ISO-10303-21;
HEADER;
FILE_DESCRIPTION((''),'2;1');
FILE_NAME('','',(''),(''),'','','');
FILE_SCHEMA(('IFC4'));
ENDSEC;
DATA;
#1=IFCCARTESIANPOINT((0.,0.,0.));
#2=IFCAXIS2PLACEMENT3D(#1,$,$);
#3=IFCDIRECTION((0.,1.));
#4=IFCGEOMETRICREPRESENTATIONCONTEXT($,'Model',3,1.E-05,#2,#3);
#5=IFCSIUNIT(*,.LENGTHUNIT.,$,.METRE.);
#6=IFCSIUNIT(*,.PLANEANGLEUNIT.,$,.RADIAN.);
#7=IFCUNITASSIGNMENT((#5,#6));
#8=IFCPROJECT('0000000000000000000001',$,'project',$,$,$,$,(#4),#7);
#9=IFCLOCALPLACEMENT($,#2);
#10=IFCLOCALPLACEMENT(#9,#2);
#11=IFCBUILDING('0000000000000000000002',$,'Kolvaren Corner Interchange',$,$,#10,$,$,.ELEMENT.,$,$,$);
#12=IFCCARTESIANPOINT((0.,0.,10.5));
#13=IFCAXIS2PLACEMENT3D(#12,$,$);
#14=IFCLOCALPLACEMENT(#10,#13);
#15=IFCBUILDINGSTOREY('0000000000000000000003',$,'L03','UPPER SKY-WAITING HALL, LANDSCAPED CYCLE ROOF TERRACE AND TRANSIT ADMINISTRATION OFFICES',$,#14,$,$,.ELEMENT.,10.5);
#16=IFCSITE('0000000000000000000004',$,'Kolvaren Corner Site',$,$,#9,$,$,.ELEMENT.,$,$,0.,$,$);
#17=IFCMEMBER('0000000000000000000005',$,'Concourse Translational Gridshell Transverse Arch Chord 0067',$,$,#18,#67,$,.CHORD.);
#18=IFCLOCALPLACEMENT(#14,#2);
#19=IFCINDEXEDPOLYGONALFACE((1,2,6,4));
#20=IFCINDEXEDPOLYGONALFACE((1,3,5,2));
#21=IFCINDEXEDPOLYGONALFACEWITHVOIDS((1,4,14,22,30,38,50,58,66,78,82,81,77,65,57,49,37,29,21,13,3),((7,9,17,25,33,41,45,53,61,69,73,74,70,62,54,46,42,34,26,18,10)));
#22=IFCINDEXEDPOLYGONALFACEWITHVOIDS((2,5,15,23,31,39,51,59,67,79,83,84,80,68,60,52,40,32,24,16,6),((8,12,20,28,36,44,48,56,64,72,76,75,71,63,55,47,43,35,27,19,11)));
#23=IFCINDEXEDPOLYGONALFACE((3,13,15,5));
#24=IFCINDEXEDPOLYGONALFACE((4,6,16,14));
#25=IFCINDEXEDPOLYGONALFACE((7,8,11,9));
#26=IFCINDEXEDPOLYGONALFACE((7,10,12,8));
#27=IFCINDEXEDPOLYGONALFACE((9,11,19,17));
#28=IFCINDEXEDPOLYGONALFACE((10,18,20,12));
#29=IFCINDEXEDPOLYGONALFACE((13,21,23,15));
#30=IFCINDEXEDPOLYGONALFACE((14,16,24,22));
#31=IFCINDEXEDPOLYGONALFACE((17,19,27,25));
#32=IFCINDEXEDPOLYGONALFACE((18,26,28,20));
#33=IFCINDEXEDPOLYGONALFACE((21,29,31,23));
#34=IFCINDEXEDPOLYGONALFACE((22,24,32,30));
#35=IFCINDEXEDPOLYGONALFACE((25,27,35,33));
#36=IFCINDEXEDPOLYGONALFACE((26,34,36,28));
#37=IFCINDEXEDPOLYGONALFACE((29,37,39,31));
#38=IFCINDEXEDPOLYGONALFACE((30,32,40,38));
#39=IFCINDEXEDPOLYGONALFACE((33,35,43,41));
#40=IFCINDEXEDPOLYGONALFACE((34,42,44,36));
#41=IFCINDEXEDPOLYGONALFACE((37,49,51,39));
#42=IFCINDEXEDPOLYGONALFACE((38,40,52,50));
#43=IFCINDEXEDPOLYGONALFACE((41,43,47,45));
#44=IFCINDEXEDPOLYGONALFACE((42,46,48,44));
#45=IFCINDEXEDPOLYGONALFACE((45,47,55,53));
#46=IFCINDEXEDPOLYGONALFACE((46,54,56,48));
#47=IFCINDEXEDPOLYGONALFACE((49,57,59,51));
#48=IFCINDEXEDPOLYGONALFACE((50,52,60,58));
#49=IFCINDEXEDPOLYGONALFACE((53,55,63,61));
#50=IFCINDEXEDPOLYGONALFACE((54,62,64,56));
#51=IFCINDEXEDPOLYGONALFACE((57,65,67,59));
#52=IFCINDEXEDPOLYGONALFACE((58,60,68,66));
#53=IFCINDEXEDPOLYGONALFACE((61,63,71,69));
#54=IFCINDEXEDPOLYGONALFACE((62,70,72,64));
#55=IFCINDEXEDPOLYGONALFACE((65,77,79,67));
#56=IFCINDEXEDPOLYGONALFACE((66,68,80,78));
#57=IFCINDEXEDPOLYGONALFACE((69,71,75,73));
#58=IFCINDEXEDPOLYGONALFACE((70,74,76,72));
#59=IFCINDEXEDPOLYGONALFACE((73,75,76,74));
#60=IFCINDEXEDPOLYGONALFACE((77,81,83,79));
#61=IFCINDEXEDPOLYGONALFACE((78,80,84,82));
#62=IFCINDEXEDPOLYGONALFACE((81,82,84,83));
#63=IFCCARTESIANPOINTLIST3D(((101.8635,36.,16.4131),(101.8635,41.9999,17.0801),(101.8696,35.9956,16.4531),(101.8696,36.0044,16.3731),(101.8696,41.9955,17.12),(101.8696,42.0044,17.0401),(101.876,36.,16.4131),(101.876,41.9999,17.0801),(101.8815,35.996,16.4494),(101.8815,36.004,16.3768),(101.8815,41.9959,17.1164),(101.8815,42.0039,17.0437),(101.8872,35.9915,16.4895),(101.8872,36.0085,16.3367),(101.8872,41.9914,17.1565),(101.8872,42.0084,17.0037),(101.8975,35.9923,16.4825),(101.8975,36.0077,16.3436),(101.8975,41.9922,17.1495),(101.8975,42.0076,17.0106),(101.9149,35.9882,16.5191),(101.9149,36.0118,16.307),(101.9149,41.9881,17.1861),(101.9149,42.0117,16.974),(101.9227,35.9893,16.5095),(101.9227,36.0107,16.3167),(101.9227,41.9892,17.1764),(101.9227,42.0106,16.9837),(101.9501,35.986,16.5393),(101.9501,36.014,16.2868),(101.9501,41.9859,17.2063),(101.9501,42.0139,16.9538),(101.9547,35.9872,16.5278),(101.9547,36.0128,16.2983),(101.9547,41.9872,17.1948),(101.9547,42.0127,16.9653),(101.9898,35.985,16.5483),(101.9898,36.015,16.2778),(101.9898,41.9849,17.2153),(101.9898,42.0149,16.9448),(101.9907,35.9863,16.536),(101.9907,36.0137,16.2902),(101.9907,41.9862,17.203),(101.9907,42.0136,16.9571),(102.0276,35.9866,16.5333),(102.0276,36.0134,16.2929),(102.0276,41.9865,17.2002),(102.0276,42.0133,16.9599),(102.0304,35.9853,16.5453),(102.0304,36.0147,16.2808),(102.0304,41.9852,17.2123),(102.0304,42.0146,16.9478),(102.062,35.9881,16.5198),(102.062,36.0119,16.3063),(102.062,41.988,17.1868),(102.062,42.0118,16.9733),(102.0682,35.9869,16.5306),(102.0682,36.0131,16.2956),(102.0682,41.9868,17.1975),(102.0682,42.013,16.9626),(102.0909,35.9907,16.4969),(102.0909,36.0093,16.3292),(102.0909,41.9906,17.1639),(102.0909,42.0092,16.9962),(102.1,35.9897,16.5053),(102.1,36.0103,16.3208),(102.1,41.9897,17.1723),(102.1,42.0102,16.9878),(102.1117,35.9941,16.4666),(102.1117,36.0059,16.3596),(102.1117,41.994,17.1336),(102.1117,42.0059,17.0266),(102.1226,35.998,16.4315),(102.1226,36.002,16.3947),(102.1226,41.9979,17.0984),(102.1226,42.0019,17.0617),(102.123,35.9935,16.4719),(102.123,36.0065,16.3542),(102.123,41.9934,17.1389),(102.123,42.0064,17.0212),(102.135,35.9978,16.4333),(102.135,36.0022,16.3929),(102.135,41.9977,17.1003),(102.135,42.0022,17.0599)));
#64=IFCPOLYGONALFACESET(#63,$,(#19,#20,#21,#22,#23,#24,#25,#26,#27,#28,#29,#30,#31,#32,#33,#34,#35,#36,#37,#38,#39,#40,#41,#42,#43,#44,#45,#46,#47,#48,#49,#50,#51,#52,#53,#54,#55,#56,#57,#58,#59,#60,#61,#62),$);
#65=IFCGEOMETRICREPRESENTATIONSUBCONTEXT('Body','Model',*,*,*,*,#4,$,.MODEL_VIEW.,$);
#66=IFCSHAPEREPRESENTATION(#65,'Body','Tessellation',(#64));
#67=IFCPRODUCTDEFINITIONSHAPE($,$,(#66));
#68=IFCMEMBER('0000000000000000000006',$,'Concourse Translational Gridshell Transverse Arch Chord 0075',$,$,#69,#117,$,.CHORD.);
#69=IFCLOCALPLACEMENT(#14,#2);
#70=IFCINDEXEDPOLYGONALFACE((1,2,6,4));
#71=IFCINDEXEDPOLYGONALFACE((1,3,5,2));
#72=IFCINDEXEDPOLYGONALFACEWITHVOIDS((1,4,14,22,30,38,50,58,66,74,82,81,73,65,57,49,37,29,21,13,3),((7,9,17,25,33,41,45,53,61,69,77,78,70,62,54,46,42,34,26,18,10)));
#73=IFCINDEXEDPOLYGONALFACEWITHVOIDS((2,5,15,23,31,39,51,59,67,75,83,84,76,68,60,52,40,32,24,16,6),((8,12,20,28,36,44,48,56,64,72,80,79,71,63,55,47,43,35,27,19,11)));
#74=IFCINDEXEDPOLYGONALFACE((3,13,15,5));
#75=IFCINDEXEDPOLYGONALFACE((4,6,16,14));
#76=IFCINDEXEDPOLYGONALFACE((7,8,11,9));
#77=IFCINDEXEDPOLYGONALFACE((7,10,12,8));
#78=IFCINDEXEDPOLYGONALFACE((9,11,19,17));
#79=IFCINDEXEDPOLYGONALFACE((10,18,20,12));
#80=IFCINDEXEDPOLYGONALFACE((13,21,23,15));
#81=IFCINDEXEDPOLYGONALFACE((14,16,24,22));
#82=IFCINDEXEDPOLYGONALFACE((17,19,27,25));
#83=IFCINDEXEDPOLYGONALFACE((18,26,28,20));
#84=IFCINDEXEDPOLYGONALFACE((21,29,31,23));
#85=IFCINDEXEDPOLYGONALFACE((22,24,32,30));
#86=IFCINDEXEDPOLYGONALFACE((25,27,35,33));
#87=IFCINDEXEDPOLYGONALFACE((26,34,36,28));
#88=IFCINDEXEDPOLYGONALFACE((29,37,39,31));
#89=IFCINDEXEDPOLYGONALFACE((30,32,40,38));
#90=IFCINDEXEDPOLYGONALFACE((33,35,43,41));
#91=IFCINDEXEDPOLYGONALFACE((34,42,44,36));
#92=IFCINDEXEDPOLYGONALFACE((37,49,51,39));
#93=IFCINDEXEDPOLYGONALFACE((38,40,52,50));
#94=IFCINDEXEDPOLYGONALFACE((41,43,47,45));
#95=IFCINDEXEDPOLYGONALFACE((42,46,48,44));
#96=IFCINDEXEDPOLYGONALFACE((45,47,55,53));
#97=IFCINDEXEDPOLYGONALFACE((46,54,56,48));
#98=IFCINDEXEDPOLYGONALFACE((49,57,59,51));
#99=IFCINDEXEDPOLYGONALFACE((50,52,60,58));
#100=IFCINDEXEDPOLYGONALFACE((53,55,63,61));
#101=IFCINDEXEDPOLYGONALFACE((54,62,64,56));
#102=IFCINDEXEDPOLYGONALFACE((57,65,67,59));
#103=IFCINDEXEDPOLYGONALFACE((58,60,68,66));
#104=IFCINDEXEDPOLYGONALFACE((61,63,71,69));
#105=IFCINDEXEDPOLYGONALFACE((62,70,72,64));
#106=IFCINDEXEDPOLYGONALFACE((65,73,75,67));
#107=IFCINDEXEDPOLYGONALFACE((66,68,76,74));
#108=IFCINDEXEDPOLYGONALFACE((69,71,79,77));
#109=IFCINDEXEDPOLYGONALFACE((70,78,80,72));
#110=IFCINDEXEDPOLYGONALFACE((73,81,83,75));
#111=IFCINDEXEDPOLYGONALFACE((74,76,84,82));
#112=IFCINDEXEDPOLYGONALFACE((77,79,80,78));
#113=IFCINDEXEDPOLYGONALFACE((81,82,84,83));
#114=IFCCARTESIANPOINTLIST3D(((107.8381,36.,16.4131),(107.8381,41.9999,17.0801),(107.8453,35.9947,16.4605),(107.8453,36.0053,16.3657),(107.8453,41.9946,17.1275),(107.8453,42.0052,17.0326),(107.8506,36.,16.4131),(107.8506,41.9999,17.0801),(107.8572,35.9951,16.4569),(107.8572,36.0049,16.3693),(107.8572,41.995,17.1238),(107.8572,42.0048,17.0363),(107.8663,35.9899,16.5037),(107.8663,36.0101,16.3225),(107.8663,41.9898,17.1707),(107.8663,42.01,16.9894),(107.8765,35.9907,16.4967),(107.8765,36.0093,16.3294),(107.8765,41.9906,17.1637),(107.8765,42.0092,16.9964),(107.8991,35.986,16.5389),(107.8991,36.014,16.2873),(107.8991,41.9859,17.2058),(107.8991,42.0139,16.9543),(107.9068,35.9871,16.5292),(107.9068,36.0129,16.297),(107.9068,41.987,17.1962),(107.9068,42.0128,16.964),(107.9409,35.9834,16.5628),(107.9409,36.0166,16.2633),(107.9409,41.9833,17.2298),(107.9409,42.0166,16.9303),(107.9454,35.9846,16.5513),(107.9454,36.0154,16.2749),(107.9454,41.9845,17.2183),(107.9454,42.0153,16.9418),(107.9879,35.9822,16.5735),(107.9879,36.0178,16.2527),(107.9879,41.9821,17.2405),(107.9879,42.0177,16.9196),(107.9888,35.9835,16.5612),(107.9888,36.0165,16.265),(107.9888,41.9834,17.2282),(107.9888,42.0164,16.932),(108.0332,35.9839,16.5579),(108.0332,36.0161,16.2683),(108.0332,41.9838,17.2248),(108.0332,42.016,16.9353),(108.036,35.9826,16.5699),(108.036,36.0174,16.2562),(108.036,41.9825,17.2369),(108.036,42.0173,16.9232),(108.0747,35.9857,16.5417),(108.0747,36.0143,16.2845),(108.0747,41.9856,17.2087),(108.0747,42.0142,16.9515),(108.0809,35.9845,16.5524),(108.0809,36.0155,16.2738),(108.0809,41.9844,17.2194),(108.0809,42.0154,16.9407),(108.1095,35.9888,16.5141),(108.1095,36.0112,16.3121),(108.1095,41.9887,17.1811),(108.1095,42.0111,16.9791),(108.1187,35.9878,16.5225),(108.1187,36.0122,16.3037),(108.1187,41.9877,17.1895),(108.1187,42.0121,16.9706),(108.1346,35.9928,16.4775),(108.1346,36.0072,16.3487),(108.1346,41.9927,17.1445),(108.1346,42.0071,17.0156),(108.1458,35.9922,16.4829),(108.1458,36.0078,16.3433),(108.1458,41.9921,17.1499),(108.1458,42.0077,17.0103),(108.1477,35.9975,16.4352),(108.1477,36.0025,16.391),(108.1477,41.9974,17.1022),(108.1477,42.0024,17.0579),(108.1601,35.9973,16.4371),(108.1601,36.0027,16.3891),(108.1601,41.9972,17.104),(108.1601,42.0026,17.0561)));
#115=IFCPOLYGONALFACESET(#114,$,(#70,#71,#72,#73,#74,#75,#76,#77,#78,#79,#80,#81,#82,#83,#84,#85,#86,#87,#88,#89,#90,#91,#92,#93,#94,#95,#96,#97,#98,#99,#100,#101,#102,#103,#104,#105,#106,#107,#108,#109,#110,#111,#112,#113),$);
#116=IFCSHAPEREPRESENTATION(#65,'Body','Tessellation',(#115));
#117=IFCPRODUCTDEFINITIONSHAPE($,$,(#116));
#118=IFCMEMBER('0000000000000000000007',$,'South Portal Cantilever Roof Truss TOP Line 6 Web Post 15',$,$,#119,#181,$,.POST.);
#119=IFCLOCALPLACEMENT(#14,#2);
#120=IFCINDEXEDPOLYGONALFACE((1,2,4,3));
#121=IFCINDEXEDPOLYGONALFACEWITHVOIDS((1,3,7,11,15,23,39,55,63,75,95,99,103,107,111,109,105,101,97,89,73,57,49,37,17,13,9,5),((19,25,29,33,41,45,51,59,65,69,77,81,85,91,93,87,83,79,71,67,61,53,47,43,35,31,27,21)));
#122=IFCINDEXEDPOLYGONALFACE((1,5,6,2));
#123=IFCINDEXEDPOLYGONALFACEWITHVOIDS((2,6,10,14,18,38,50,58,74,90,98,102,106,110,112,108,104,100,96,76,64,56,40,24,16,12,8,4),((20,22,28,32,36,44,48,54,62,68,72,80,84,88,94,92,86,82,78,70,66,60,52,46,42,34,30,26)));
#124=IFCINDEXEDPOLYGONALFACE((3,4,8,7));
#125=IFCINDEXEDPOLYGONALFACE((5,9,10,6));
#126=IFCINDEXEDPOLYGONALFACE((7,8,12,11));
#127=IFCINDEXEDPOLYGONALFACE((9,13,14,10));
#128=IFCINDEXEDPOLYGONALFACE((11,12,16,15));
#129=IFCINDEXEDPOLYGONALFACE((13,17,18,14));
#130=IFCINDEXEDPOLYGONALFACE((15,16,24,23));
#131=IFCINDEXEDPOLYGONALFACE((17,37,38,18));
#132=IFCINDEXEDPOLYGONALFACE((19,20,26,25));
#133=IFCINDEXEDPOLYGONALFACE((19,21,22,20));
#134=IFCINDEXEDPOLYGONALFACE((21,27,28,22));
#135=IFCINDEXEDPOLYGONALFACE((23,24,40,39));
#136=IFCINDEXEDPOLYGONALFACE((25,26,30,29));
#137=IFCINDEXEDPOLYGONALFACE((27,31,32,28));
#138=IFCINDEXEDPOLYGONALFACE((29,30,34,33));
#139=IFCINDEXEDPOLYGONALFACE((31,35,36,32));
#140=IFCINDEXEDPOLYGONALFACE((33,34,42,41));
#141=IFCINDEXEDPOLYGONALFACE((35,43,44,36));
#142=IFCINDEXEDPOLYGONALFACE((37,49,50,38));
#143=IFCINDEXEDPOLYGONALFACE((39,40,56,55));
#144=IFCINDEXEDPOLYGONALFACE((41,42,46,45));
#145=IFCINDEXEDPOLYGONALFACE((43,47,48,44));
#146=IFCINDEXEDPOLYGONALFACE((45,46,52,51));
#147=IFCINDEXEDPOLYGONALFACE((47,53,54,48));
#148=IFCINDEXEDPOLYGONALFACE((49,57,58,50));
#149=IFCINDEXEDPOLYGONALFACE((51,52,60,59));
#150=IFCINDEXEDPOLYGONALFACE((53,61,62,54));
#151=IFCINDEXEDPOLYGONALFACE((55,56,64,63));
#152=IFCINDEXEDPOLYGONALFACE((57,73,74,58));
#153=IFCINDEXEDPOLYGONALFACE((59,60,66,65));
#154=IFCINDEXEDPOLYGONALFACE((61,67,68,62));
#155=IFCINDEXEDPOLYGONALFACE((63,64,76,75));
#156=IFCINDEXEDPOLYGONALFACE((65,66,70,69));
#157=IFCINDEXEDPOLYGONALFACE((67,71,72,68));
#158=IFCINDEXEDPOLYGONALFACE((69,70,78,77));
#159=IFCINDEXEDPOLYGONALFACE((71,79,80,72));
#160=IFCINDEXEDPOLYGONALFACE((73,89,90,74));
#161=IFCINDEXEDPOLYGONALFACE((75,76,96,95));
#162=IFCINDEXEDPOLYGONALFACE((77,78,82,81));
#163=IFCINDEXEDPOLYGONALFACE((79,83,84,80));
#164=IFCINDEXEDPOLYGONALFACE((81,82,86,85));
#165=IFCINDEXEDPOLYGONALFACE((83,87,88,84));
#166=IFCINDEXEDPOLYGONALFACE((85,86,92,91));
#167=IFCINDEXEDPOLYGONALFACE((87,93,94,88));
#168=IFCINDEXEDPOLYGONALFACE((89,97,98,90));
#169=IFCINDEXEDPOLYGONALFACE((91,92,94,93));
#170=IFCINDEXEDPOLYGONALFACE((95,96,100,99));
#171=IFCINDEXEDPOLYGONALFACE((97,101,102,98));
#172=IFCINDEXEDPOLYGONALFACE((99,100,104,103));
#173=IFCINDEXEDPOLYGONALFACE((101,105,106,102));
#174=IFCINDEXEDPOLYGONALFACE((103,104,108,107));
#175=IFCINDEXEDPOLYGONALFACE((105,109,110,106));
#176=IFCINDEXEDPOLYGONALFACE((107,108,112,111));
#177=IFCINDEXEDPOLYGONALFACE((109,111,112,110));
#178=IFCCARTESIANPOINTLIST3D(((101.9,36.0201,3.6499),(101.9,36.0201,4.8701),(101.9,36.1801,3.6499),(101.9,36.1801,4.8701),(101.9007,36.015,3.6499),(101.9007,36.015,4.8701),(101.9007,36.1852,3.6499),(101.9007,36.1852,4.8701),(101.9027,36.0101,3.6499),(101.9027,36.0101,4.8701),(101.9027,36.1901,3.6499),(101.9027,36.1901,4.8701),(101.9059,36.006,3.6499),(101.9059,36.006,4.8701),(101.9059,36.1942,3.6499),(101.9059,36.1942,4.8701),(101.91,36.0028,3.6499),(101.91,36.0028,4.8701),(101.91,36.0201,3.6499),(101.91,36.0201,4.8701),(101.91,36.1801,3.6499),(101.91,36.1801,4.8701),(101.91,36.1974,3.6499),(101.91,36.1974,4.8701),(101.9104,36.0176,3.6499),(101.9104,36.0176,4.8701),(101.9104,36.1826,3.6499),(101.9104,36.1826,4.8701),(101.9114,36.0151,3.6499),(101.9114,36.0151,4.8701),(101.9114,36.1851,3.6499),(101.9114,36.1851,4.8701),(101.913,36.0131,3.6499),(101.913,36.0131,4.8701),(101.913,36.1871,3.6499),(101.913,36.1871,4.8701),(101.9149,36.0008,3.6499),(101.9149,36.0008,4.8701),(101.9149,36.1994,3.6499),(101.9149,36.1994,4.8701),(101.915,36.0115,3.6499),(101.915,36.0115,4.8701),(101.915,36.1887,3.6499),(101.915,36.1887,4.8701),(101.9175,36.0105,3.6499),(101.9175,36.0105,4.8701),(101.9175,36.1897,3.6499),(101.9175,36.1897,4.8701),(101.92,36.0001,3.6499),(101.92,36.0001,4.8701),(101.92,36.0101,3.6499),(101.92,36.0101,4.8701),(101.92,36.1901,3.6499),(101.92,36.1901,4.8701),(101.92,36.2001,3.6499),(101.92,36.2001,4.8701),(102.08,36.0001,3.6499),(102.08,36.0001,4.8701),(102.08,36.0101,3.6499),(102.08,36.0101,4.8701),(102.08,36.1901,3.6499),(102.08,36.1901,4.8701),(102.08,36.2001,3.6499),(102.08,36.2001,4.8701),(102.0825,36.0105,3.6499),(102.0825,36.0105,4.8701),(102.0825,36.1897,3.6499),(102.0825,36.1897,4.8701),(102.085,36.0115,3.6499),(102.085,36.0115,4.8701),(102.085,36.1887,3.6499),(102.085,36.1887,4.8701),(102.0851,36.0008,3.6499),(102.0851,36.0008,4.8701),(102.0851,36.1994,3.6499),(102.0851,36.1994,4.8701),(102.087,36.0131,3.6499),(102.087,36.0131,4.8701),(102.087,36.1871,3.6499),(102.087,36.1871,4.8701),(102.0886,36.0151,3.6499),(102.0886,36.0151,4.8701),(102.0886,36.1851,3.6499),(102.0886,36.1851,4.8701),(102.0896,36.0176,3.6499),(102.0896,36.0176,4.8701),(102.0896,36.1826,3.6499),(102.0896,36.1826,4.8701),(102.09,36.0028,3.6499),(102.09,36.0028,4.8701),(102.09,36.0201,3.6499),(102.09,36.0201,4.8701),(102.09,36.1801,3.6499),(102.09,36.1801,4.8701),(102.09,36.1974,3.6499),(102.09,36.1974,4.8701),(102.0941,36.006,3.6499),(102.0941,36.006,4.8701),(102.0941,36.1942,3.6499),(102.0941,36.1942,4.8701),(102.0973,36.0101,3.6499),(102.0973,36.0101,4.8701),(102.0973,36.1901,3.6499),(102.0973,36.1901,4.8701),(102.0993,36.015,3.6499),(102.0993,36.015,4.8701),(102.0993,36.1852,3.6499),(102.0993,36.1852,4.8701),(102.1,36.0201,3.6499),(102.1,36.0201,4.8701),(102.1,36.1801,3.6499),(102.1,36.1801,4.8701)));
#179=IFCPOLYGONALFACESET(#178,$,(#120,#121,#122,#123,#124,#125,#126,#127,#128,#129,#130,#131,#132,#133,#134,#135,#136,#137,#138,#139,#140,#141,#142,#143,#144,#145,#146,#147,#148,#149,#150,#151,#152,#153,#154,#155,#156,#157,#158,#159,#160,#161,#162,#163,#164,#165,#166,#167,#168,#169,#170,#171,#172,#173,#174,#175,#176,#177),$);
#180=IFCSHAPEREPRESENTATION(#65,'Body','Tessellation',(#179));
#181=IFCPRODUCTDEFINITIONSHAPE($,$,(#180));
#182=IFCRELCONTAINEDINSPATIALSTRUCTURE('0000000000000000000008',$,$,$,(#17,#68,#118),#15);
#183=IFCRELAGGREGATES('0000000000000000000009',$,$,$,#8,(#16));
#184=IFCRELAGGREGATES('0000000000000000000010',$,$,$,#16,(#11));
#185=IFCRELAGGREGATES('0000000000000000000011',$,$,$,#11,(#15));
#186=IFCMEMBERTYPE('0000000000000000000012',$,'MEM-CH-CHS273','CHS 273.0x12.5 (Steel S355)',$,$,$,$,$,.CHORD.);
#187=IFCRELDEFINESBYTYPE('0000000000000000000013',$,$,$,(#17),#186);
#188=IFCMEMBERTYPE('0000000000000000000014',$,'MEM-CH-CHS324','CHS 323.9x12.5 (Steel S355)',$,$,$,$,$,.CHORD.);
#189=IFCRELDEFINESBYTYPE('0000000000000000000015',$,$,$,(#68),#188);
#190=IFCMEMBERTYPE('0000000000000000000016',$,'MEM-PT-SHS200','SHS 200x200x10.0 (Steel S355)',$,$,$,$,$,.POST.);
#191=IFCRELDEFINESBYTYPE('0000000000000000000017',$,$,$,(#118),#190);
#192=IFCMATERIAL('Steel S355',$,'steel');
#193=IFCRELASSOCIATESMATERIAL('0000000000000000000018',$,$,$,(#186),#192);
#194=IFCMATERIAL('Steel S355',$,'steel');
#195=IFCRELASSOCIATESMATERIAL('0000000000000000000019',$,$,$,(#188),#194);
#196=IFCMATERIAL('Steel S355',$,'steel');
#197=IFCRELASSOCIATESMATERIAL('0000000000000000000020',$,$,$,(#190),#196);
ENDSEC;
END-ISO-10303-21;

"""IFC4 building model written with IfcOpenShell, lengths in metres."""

from ifc_helpers import new_model, si_unit, direction, frame, origin, origin_2d, place, context, subcontext, project, spatial, hollow_rectangle, hollow_circle, extrude, material, material_profile, profile_set, type_object, element, save


model = new_model("IFC4")

# Units and contexts
model_context = context("Model", 3, precision=1e-05, world=origin(), true_north=direction((0.0, 1.0)))
body_context = subcontext(model_context, "Body", "Model", "MODEL_VIEW")
ifc_project = project(units=[si_unit("LENGTHUNIT", "METRE"), si_unit("PLANEANGLEUNIT", "RADIAN")], contexts=[model_context])

# Site, building, storey
site_placement = place(None, origin())
site = spatial("IfcSite", under=ifc_project, at=site_placement, Name="Kolvaren Corner Site", CompositionType="ELEMENT", RefElevation=0.0)
building_placement = place(site_placement, origin())
building = spatial("IfcBuilding", under=site, at=building_placement, Name="Kolvaren Corner Interchange", CompositionType="ELEMENT")
storey_placement = place(building_placement, frame((0.0, 0.0, 10.5)))
storey = spatial("IfcBuildingStorey", under=building, at=storey_placement, Name="L03", Description="UPPER SKY-WAITING HALL, LANDSCAPED CYCLE ROOF TERRACE AND TRANSIT ADMINISTRATION OFFICES", CompositionType="ELEMENT", Elevation=10.5)

# Members
ifc_material_1 = material(Name="Steel S355", Category="steel")
ifc_material_profile_1 = material_profile(ifc_material_1, hollow_circle(Radius=0.1365, WallThickness=0.0125, at=origin_2d()), Name="CHS 273.0x12.5")
ifc_profile_set_1 = profile_set([ifc_material_profile_1], Name="Steel S355")
member_type_1 = type_object("IfcMemberType", Name="MEM-CH-CHS273", Description="CHS 273.0x12.5 (Steel S355)", PredefinedType="CHORD", material=ifc_profile_set_1)
member_1_placement = place(storey_placement, frame((102.0, 36.0, 16.4131), z_axis=(0.0, 0.993878, 0.110485), x_axis=(-1.0, 0.0, 0.0)))
element("IfcMember", 1, at=member_1_placement, inside=storey, type_object=member_type_1, Name="Concourse Translational Gridshell Transverse Arch Chord 0067", PredefinedType="CHORD", context=body_context, shape_type="SweptSolid", body=[
    extrude(hollow_circle(Radius=0.1365, WallThickness=0.0125, at=origin_2d()), origin(), (0.0, 0.0, 1.0), 6.0369),
])
ifc_material_2 = material(Name="Steel S355", Category="steel")
ifc_material_profile_2 = material_profile(ifc_material_2, hollow_circle(Radius=0.1619, WallThickness=0.0125, at=origin_2d()), Name="CHS 323.9x12.5")
ifc_profile_set_2 = profile_set([ifc_material_profile_2], Name="Steel S355")
member_type_2 = type_object("IfcMemberType", Name="MEM-CH-CHS324", Description="CHS 323.9x12.5 (Steel S355)", PredefinedType="CHORD", material=ifc_profile_set_2)
member_2_placement = place(storey_placement, frame((108.0, 36.0, 16.4131), z_axis=(0.0, 0.993878, 0.110485), x_axis=(-1.0, 0.0, 0.0)))
element("IfcMember", 2, at=member_2_placement, inside=storey, type_object=member_type_2, Name="Concourse Translational Gridshell Transverse Arch Chord 0075", PredefinedType="CHORD", context=body_context, shape_type="SweptSolid", body=[
    extrude(hollow_circle(Radius=0.1619, WallThickness=0.0125, at=origin_2d()), origin(), (0.0, 0.0, 1.0), 6.0369),
])
ifc_material_3 = material(Name="Steel S355", Category="steel")
ifc_material_profile_3 = material_profile(ifc_material_3, hollow_rectangle(XDim=0.2, YDim=0.2, WallThickness=0.01, InnerFilletRadius=0.01, OuterFilletRadius=0.02, at=origin_2d()), Name="SHS 200x200x10.0")
ifc_profile_set_3 = profile_set([ifc_material_profile_3], Name="Steel S355")
member_type_3 = type_object("IfcMemberType", Name="MEM-PT-SHS200", Description="SHS 200x200x10.0 (Steel S355)", PredefinedType="POST", material=ifc_profile_set_3)
for number, where, z_axis, x_axis, name in (
    (3, (102.0, 36.1001, 3.6499), (0.0, 0.0, 1.0), (1.0, 0.0, 0.0), "South Portal Cantilever Roof Truss TOP Line 6 Web Post 15"),
):
    element("IfcMember", number, at=place(storey_placement, frame(where, z_axis=z_axis, x_axis=x_axis)), inside=storey, type_object=member_type_3, Name=name, PredefinedType="POST", context=body_context, shape_type="SweptSolid", body=[
        extrude(hollow_rectangle(XDim=0.2, YDim=0.2, WallThickness=0.01, InnerFilletRadius=0.01, OuterFilletRadius=0.02, at=origin_2d()), origin(), (0.0, 0.0, 1.0), 1.2202),
    ])

save(model, "model.ifc")
